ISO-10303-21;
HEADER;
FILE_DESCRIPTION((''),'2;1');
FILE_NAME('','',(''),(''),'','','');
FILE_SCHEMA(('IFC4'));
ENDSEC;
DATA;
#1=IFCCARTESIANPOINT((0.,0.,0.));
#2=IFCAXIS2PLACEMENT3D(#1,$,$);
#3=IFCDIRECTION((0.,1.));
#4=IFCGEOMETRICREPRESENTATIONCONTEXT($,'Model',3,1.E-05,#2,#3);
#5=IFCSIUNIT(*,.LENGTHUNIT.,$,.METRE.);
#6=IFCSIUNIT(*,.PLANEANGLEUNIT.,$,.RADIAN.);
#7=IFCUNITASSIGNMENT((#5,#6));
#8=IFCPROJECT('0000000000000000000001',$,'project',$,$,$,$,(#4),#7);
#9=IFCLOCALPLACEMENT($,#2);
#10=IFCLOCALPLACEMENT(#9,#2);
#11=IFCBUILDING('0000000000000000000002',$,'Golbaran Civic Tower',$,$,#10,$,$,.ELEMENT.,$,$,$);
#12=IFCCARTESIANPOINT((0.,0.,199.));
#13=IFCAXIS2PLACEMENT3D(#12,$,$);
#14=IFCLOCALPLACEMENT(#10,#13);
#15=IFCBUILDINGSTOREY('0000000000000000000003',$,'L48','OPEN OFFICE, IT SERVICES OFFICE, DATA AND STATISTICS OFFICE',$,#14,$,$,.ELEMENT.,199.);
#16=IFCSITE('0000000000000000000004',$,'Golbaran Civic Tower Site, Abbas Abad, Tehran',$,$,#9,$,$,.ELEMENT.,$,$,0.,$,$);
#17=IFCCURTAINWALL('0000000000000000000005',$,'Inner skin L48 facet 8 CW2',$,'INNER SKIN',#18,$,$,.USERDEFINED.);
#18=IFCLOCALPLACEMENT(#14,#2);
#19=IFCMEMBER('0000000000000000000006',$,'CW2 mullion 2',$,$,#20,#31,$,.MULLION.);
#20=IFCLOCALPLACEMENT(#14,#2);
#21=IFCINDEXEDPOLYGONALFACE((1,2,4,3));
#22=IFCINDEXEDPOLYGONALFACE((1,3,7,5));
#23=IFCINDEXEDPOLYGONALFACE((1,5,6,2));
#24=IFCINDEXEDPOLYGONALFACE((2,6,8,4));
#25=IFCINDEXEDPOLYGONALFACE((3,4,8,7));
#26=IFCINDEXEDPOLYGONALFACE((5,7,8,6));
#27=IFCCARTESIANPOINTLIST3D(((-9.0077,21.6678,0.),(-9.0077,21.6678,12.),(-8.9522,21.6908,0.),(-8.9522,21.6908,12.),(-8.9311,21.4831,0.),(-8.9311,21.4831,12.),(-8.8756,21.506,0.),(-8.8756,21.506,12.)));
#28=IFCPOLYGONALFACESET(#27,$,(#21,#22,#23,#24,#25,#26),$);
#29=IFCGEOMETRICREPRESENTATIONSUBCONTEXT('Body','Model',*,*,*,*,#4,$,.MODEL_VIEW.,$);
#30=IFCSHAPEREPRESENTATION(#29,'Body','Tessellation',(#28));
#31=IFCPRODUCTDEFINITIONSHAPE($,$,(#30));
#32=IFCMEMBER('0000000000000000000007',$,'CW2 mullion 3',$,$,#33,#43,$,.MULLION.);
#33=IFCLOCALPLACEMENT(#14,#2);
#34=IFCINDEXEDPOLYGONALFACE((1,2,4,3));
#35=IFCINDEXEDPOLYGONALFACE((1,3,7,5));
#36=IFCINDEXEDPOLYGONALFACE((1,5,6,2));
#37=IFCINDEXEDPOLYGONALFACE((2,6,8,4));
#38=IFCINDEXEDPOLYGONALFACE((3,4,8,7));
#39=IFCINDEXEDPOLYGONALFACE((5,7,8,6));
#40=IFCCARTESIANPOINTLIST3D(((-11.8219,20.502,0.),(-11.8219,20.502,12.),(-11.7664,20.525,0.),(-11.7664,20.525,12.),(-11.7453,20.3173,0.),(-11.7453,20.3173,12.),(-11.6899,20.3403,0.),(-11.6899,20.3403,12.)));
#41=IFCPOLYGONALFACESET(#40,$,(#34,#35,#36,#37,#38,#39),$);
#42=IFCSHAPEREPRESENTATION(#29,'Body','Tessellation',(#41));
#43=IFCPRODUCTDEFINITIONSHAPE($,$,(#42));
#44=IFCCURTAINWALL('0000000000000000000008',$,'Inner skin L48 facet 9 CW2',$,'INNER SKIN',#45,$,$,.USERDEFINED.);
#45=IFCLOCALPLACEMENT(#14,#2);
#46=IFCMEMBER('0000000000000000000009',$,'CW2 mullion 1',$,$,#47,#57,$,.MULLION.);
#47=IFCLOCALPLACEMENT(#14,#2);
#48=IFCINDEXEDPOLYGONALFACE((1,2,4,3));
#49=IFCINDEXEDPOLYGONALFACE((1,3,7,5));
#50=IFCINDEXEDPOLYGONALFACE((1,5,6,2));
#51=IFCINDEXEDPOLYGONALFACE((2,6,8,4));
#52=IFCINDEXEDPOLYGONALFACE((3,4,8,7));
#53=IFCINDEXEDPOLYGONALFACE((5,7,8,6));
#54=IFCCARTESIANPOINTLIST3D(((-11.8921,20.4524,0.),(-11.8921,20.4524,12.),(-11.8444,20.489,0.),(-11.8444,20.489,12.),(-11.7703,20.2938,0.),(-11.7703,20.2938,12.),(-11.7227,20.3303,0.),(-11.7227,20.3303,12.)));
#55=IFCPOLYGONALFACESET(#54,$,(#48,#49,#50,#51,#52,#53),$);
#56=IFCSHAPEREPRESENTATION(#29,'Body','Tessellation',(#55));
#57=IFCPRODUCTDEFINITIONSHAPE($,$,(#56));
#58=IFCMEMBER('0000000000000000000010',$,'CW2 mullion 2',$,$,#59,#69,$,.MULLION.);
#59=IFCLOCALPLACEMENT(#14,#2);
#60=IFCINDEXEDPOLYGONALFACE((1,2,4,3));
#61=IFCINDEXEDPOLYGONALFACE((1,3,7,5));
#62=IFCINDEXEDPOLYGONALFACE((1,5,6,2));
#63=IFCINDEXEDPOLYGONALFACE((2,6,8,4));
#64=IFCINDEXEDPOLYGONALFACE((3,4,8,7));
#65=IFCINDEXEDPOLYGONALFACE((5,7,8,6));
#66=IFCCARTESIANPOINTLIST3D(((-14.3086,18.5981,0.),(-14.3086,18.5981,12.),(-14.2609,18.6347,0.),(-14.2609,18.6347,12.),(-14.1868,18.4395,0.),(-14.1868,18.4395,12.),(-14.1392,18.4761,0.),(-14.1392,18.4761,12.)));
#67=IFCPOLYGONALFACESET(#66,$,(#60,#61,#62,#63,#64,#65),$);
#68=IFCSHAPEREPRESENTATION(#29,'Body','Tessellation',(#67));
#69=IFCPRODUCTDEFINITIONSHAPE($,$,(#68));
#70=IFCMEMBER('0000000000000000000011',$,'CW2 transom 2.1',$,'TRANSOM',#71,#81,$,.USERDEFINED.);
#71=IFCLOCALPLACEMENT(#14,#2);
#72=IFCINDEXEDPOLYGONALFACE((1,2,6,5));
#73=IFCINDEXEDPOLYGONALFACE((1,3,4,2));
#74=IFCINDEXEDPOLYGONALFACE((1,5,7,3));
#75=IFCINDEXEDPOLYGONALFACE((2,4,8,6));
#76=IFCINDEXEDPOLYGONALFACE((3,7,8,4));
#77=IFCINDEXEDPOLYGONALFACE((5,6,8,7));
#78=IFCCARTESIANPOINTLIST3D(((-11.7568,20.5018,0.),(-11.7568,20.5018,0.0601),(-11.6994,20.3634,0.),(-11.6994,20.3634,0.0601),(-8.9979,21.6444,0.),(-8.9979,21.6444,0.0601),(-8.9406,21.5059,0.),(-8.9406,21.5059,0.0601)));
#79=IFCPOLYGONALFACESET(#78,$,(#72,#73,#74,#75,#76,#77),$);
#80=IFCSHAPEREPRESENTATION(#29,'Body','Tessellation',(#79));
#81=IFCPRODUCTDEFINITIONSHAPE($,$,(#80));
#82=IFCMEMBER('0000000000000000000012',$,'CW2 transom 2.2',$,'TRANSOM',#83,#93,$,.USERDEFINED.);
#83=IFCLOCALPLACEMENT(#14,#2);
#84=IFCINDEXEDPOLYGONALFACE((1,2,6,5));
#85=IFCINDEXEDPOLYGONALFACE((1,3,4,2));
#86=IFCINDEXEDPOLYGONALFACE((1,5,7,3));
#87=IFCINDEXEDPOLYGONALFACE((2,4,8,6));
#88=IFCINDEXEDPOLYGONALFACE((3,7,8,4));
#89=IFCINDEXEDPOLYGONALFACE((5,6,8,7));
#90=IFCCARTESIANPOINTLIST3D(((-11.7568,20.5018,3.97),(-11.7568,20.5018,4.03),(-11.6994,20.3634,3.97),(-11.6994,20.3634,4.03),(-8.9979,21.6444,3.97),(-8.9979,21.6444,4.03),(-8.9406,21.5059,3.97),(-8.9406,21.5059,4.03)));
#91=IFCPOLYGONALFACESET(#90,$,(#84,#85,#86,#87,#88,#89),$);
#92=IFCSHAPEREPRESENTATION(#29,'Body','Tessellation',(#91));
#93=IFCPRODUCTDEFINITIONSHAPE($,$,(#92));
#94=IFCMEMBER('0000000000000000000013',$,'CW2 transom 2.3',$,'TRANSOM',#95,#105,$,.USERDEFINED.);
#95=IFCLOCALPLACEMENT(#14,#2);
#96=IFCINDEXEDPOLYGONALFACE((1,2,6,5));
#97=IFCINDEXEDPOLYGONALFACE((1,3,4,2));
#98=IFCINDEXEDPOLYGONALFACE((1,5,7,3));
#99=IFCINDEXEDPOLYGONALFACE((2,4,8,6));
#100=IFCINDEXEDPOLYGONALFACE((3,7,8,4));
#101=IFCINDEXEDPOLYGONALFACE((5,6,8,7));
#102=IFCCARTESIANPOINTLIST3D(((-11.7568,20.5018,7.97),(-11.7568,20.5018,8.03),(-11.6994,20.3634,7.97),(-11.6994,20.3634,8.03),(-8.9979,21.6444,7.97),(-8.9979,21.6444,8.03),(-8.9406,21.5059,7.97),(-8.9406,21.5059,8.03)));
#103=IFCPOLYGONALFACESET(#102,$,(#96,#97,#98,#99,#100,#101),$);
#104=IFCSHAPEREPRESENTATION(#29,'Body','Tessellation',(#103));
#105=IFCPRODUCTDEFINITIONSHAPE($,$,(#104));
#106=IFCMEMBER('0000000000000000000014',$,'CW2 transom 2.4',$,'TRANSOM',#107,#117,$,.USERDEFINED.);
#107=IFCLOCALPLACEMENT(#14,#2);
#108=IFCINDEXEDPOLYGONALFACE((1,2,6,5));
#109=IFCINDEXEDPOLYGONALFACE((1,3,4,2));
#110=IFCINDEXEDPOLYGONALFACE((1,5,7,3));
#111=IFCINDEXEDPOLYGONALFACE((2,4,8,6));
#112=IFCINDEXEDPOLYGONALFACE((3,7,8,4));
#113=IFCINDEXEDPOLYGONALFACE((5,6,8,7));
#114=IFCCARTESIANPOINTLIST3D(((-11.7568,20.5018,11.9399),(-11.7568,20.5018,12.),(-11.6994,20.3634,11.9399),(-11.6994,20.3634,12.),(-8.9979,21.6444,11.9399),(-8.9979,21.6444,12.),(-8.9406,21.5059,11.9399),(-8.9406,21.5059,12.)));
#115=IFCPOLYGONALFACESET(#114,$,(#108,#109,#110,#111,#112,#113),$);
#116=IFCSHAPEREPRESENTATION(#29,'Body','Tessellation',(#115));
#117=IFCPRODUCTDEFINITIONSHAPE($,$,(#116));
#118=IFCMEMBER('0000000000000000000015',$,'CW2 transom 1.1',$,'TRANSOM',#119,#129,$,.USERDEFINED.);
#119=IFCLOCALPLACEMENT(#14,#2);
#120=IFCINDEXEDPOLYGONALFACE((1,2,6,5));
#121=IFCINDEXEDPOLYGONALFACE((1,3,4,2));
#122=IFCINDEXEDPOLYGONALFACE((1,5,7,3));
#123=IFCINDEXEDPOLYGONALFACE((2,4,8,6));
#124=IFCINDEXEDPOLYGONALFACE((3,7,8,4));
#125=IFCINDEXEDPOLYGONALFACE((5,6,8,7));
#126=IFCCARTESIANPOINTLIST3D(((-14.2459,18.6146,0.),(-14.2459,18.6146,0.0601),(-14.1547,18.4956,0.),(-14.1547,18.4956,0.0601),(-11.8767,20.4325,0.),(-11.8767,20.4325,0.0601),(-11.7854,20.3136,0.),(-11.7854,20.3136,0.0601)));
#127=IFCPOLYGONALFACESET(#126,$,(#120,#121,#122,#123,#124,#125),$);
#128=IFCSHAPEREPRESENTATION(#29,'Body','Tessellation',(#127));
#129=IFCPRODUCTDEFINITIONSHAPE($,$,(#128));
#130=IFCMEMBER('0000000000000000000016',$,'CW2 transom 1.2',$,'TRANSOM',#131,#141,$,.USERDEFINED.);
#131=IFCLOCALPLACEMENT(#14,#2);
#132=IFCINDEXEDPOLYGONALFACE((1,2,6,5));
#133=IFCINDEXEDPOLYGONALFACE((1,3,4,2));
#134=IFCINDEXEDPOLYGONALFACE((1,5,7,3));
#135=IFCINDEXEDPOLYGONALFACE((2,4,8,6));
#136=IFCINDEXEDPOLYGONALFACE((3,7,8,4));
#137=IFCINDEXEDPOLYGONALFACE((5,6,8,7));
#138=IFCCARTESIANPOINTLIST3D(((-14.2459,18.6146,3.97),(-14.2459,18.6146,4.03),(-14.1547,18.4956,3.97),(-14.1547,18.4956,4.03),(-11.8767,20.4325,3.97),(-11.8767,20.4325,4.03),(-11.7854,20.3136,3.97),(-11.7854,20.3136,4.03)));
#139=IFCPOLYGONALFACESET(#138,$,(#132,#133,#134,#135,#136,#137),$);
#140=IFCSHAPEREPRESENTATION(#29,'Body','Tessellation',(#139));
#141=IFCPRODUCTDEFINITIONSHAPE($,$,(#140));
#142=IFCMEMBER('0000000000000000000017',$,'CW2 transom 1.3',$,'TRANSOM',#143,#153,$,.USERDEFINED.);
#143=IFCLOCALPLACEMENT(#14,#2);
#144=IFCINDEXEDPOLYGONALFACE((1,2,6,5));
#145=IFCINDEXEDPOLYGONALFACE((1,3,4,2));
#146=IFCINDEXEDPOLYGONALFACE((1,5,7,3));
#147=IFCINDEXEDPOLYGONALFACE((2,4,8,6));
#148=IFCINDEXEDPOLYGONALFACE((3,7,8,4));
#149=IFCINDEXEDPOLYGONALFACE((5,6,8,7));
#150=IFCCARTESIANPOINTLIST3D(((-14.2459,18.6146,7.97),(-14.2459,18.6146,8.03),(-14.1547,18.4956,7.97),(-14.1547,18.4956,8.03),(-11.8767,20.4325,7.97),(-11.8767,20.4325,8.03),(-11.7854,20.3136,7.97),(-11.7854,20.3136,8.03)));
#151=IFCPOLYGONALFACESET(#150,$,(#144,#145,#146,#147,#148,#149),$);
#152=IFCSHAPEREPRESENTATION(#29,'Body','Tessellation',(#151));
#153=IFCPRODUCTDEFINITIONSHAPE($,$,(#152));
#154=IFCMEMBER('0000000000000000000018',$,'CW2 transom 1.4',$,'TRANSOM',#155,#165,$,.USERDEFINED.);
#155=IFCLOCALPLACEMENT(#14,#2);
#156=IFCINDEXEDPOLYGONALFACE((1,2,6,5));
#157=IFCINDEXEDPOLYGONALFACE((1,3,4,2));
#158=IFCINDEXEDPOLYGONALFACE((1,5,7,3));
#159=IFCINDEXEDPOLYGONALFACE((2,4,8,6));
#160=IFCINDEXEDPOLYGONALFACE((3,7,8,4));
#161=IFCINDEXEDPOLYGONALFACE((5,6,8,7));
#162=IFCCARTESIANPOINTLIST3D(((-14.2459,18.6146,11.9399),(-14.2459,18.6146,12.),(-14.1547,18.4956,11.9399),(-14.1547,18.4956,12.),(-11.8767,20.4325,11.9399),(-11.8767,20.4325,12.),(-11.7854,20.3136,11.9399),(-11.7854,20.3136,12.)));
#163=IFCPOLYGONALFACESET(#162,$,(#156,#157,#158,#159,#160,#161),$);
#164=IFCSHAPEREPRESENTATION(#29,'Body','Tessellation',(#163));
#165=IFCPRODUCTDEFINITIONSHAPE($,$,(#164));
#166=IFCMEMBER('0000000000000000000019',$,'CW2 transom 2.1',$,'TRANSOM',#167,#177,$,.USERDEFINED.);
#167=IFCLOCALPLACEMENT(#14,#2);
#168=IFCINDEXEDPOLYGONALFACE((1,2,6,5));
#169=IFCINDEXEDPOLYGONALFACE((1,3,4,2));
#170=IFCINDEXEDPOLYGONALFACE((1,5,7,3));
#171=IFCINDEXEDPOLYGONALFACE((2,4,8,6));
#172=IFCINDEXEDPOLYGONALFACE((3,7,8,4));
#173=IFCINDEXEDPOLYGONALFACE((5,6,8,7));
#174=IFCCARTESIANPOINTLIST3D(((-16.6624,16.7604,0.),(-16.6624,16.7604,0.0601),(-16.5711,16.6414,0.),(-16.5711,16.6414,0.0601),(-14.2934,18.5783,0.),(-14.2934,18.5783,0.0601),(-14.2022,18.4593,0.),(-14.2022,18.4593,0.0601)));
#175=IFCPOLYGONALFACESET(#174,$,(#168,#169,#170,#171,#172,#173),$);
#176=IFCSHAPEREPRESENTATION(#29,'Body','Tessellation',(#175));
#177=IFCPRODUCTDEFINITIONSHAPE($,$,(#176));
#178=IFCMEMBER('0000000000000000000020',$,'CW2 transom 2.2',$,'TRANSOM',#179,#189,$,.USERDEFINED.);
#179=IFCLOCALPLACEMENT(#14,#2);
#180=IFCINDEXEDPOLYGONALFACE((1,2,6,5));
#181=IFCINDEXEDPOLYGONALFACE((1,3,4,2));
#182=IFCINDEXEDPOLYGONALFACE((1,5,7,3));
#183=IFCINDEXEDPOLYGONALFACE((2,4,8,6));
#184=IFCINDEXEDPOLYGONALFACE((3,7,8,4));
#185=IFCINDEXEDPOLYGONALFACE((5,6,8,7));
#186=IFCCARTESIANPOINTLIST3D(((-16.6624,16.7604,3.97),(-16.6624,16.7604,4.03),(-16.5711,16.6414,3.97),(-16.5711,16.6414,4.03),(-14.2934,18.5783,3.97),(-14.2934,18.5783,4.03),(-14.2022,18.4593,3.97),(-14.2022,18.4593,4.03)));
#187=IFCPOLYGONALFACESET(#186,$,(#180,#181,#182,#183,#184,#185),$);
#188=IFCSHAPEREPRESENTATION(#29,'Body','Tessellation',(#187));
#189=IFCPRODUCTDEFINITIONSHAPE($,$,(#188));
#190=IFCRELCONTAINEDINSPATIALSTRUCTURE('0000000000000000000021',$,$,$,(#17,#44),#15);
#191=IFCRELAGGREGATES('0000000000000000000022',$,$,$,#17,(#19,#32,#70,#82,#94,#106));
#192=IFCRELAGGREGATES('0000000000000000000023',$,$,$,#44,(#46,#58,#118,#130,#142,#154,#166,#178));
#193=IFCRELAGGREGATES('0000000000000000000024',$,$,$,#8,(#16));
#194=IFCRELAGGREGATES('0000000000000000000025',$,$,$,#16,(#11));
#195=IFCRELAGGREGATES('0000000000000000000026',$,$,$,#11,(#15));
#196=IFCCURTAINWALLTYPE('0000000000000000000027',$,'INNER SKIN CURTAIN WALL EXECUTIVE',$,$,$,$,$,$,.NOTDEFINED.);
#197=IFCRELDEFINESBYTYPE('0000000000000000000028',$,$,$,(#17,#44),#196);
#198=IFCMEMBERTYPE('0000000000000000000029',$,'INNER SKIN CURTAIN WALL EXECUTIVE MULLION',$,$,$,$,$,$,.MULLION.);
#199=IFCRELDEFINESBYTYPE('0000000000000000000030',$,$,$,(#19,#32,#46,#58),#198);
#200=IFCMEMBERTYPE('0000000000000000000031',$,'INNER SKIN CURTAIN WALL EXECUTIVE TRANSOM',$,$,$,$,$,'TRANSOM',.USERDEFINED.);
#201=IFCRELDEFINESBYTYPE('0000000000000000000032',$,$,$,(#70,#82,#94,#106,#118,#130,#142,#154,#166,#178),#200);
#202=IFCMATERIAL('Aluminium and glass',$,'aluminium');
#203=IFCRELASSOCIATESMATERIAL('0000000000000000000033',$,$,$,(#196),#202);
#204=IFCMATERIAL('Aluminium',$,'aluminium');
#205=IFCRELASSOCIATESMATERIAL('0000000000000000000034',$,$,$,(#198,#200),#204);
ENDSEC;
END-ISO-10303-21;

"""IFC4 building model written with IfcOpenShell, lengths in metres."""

from ifc_helpers import new_model, si_unit, direction, frame, origin, origin_2d, place, context, subcontext, project, spatial, rectangle, extrude, material, material_profile, profile_set, type_object, element, aggregate, save


model = new_model("IFC4")

# Units and contexts
model_context = context("Model", 3, precision=1e-05, world=origin(), true_north=direction((0.0, 1.0)))
body_context = subcontext(model_context, "Body", "Model", "MODEL_VIEW")
ifc_project = project(units=[si_unit("LENGTHUNIT", "METRE"), si_unit("PLANEANGLEUNIT", "RADIAN")], contexts=[model_context])

# Site, building, storey
site_placement = place(None, origin())
site = spatial("IfcSite", under=ifc_project, at=site_placement, Name="Golbaran Civic Tower Site, Abbas Abad, Tehran", CompositionType="ELEMENT", RefElevation=0.0)
building_placement = place(site_placement, origin())
building = spatial("IfcBuilding", under=site, at=building_placement, Name="Golbaran Civic Tower", CompositionType="ELEMENT")
storey_placement = place(building_placement, frame((0.0, 0.0, 199.0)))
storey = spatial("IfcBuildingStorey", under=building, at=storey_placement, Name="L48", Description="OPEN OFFICE, IT SERVICES OFFICE, DATA AND STATISTICS OFFICE", CompositionType="ELEMENT", Elevation=199.0)

# Curtain walls, members
ifc_material_1 = material(Name="Aluminium and glass", Category="aluminium")
curtain_wall_type_1 = type_object("IfcCurtainWallType", Name="INNER SKIN CURTAIN WALL EXECUTIVE", PredefinedType="NOTDEFINED", material=ifc_material_1)
curtain_wall_1_placement = place(storey_placement, origin())
curtain_wall_1 = element("IfcCurtainWall", 1, at=curtain_wall_1_placement, inside=storey, type_object=curtain_wall_type_1, Name="Inner skin L48 facet 8 CW2", ObjectType="INNER SKIN", PredefinedType="USERDEFINED")
ifc_material_2 = material(Name="Aluminium", Category="aluminium")
ifc_material_profile_1 = material_profile(ifc_material_2, rectangle(XDim=0.2, YDim=0.0601, at=origin_2d()), Name="INNER SKIN CURTAIN WALL EXECUTIVE MULLION")
ifc_profile_set_1 = profile_set([ifc_material_profile_1], Name="Aluminium")
member_type_1 = type_object("IfcMemberType", Name="INNER SKIN CURTAIN WALL EXECUTIVE MULLION", PredefinedType="MULLION", material=ifc_profile_set_1)
member_1_placement = place(storey_placement, frame((-8.9417, 21.5869, 0.0), z_axis=(0.0, 0.0, 1.0), x_axis=(0.382683, -0.92388, 0.0)))
member_1 = element("IfcMember", 2, at=member_1_placement, type_object=member_type_1, Name="CW2 mullion 2", PredefinedType="MULLION", context=body_context, shape_type="SweptSolid", body=[
    extrude(rectangle(XDim=0.2, YDim=0.0601, at=origin_2d()), origin(), (0.0, 0.0, 1.0), 12.0),
])
member_2_placement = place(storey_placement, frame((-11.7559, 20.4211, 0.0), z_axis=(0.0, 0.0, 1.0), x_axis=(0.382683, -0.92388, 0.0)))
member_2 = element("IfcMember", 3, at=member_2_placement, type_object=member_type_1, Name="CW2 mullion 3", PredefinedType="MULLION", context=body_context, shape_type="SweptSolid", body=[
    extrude(rectangle(XDim=0.2, YDim=0.0601, at=origin_2d()), origin(), (0.0, 0.0, 1.0), 12.0),
])
curtain_wall_2_placement = place(storey_placement, origin())
curtain_wall_2 = element("IfcCurtainWall", 4, at=curtain_wall_2_placement, inside=storey, type_object=curtain_wall_type_1, Name="Inner skin L48 facet 9 CW2", ObjectType="INNER SKIN", PredefinedType="USERDEFINED")
member_3_placement = place(storey_placement, frame((-11.8074, 20.3914, 0.0), z_axis=(0.0, 0.0, 1.0), x_axis=(0.608761, -0.793353, 0.0)))
member_3 = element("IfcMember", 5, at=member_3_placement, type_object=member_type_1, Name="CW2 mullion 1", PredefinedType="MULLION", context=body_context, shape_type="SweptSolid", body=[
    extrude(rectangle(XDim=0.2, YDim=0.0601, at=origin_2d()), origin(), (0.0, 0.0, 1.0), 12.0),
])
member_4_placement = place(storey_placement, frame((-14.2239, 18.5371, 0.0), z_axis=(0.0, 0.0, 1.0), x_axis=(0.608761, -0.793353, 0.0)))
member_4 = element("IfcMember", 6, at=member_4_placement, type_object=member_type_1, Name="CW2 mullion 2", PredefinedType="MULLION", context=body_context, shape_type="SweptSolid", body=[
    extrude(rectangle(XDim=0.2, YDim=0.0601, at=origin_2d()), origin(), (0.0, 0.0, 1.0), 12.0),
])

# Members
ifc_material_profile_2 = material_profile(ifc_material_2, rectangle(XDim=0.1499, YDim=0.0601, at=origin_2d()), Name="INNER SKIN CURTAIN WALL EXECUTIVE TRANSOM")
ifc_profile_set_2 = profile_set([ifc_material_profile_2], Name="Aluminium")
member_type_2 = type_object("IfcMemberType", Name="INNER SKIN CURTAIN WALL EXECUTIVE TRANSOM", ElementType="TRANSOM", PredefinedType="USERDEFINED", material=ifc_profile_set_2)
member_5_placement = place(storey_placement, frame((-8.9692, 21.5752, 0.03), z_axis=(-0.923897, -0.382641, 0.0), x_axis=(0.382641, -0.923897, 0.0)))
member_5 = element("IfcMember", 7, at=member_5_placement, type_object=member_type_2, Name="CW2 transom 2.1", ObjectType="TRANSOM", PredefinedType="USERDEFINED", context=body_context, shape_type="SweptSolid", body=[
    extrude(rectangle(XDim=0.1499, YDim=0.0601, at=origin_2d()), origin(), (0.0, 0.0, 1.0), 2.9861),
])
member_6_placement = place(storey_placement, frame((-8.9692, 21.5752, 4.0), z_axis=(-0.923897, -0.382641, 0.0), x_axis=(0.382641, -0.923897, 0.0)))
member_6 = element("IfcMember", 8, at=member_6_placement, type_object=member_type_2, Name="CW2 transom 2.2", ObjectType="TRANSOM", PredefinedType="USERDEFINED", context=body_context, shape_type="SweptSolid", body=[
    extrude(rectangle(XDim=0.1499, YDim=0.0601, at=origin_2d()), origin(), (0.0, 0.0, 1.0), 2.9861),
])
member_7_placement = place(storey_placement, frame((-8.9692, 21.5752, 8.0), z_axis=(-0.923897, -0.382641, 0.0), x_axis=(0.382641, -0.923897, 0.0)))
member_7 = element("IfcMember", 9, at=member_7_placement, type_object=member_type_2, Name="CW2 transom 2.3", ObjectType="TRANSOM", PredefinedType="USERDEFINED", context=body_context, shape_type="SweptSolid", body=[
    extrude(rectangle(XDim=0.1499, YDim=0.0601, at=origin_2d()), origin(), (0.0, 0.0, 1.0), 2.9861),
])
member_8_placement = place(storey_placement, frame((-8.9692, 21.5752, 11.97), z_axis=(-0.923897, -0.382641, 0.0), x_axis=(0.382641, -0.923897, 0.0)))
member_8 = element("IfcMember", 10, at=member_8_placement, type_object=member_type_2, Name="CW2 transom 2.4", ObjectType="TRANSOM", PredefinedType="USERDEFINED", context=body_context, shape_type="SweptSolid", body=[
    extrude(rectangle(XDim=0.1499, YDim=0.0601, at=origin_2d()), origin(), (0.0, 0.0, 1.0), 2.9861),
])
member_9_placement = place(storey_placement, frame((-11.8311, 20.373, 0.03), z_axis=(-0.793359, -0.608754, 0.0), x_axis=(0.608754, -0.793359, 0.0)))
member_9 = element("IfcMember", 11, at=member_9_placement, type_object=member_type_2, Name="CW2 transom 1.1", ObjectType="TRANSOM", PredefinedType="USERDEFINED", context=body_context, shape_type="SweptSolid", body=[
    extrude(rectangle(XDim=0.1499, YDim=0.0601, at=origin_2d()), origin(), (0.0, 0.0, 1.0), 2.9863),
])
member_10_placement = place(storey_placement, frame((-11.8311, 20.373, 4.0), z_axis=(-0.793359, -0.608754, 0.0), x_axis=(0.608754, -0.793359, 0.0)))
member_10 = element("IfcMember", 12, at=member_10_placement, type_object=member_type_2, Name="CW2 transom 1.2", ObjectType="TRANSOM", PredefinedType="USERDEFINED", context=body_context, shape_type="SweptSolid", body=[
    extrude(rectangle(XDim=0.1499, YDim=0.0601, at=origin_2d()), origin(), (0.0, 0.0, 1.0), 2.9863),
])
member_11_placement = place(storey_placement, frame((-11.8311, 20.373, 8.0), z_axis=(-0.793359, -0.608754, 0.0), x_axis=(0.608754, -0.793359, 0.0)))
member_11 = element("IfcMember", 13, at=member_11_placement, type_object=member_type_2, Name="CW2 transom 1.3", ObjectType="TRANSOM", PredefinedType="USERDEFINED", context=body_context, shape_type="SweptSolid", body=[
    extrude(rectangle(XDim=0.1499, YDim=0.0601, at=origin_2d()), origin(), (0.0, 0.0, 1.0), 2.9863),
])
member_12_placement = place(storey_placement, frame((-11.8311, 20.373, 11.97), z_axis=(-0.793359, -0.608754, 0.0), x_axis=(0.608754, -0.793359, 0.0)))
member_12 = element("IfcMember", 14, at=member_12_placement, type_object=member_type_2, Name="CW2 transom 1.4", ObjectType="TRANSOM", PredefinedType="USERDEFINED", context=body_context, shape_type="SweptSolid", body=[
    extrude(rectangle(XDim=0.1499, YDim=0.0601, at=origin_2d()), origin(), (0.0, 0.0, 1.0), 2.9863),
])
member_13_placement = place(storey_placement, frame((-14.2478, 18.5188, 0.03), z_axis=(-0.793329, -0.608794, 0.0), x_axis=(0.608794, -0.793329, 0.0)))
member_13 = element("IfcMember", 15, at=member_13_placement, type_object=member_type_2, Name="CW2 transom 2.1", ObjectType="TRANSOM", PredefinedType="USERDEFINED", context=body_context, shape_type="SweptSolid", body=[
    extrude(rectangle(XDim=0.1499, YDim=0.0601, at=origin_2d()), origin(), (0.0, 0.0, 1.0), 2.9861),
])
member_14_placement = place(storey_placement, frame((-14.2478, 18.5188, 4.0), z_axis=(-0.793329, -0.608794, 0.0), x_axis=(0.608794, -0.793329, 0.0)))
member_14 = element("IfcMember", 16, at=member_14_placement, type_object=member_type_2, Name="CW2 transom 2.2", ObjectType="TRANSOM", PredefinedType="USERDEFINED", context=body_context, shape_type="SweptSolid", body=[
    extrude(rectangle(XDim=0.1499, YDim=0.0601, at=origin_2d()), origin(), (0.0, 0.0, 1.0), 2.9861),
])

aggregate(curtain_wall_1, [member_1, member_2, member_5, member_6, member_7, member_8])
aggregate(curtain_wall_2, [member_3, member_4, member_9, member_10, member_11, member_12, member_13, member_14])

save(model, "model.ifc")
